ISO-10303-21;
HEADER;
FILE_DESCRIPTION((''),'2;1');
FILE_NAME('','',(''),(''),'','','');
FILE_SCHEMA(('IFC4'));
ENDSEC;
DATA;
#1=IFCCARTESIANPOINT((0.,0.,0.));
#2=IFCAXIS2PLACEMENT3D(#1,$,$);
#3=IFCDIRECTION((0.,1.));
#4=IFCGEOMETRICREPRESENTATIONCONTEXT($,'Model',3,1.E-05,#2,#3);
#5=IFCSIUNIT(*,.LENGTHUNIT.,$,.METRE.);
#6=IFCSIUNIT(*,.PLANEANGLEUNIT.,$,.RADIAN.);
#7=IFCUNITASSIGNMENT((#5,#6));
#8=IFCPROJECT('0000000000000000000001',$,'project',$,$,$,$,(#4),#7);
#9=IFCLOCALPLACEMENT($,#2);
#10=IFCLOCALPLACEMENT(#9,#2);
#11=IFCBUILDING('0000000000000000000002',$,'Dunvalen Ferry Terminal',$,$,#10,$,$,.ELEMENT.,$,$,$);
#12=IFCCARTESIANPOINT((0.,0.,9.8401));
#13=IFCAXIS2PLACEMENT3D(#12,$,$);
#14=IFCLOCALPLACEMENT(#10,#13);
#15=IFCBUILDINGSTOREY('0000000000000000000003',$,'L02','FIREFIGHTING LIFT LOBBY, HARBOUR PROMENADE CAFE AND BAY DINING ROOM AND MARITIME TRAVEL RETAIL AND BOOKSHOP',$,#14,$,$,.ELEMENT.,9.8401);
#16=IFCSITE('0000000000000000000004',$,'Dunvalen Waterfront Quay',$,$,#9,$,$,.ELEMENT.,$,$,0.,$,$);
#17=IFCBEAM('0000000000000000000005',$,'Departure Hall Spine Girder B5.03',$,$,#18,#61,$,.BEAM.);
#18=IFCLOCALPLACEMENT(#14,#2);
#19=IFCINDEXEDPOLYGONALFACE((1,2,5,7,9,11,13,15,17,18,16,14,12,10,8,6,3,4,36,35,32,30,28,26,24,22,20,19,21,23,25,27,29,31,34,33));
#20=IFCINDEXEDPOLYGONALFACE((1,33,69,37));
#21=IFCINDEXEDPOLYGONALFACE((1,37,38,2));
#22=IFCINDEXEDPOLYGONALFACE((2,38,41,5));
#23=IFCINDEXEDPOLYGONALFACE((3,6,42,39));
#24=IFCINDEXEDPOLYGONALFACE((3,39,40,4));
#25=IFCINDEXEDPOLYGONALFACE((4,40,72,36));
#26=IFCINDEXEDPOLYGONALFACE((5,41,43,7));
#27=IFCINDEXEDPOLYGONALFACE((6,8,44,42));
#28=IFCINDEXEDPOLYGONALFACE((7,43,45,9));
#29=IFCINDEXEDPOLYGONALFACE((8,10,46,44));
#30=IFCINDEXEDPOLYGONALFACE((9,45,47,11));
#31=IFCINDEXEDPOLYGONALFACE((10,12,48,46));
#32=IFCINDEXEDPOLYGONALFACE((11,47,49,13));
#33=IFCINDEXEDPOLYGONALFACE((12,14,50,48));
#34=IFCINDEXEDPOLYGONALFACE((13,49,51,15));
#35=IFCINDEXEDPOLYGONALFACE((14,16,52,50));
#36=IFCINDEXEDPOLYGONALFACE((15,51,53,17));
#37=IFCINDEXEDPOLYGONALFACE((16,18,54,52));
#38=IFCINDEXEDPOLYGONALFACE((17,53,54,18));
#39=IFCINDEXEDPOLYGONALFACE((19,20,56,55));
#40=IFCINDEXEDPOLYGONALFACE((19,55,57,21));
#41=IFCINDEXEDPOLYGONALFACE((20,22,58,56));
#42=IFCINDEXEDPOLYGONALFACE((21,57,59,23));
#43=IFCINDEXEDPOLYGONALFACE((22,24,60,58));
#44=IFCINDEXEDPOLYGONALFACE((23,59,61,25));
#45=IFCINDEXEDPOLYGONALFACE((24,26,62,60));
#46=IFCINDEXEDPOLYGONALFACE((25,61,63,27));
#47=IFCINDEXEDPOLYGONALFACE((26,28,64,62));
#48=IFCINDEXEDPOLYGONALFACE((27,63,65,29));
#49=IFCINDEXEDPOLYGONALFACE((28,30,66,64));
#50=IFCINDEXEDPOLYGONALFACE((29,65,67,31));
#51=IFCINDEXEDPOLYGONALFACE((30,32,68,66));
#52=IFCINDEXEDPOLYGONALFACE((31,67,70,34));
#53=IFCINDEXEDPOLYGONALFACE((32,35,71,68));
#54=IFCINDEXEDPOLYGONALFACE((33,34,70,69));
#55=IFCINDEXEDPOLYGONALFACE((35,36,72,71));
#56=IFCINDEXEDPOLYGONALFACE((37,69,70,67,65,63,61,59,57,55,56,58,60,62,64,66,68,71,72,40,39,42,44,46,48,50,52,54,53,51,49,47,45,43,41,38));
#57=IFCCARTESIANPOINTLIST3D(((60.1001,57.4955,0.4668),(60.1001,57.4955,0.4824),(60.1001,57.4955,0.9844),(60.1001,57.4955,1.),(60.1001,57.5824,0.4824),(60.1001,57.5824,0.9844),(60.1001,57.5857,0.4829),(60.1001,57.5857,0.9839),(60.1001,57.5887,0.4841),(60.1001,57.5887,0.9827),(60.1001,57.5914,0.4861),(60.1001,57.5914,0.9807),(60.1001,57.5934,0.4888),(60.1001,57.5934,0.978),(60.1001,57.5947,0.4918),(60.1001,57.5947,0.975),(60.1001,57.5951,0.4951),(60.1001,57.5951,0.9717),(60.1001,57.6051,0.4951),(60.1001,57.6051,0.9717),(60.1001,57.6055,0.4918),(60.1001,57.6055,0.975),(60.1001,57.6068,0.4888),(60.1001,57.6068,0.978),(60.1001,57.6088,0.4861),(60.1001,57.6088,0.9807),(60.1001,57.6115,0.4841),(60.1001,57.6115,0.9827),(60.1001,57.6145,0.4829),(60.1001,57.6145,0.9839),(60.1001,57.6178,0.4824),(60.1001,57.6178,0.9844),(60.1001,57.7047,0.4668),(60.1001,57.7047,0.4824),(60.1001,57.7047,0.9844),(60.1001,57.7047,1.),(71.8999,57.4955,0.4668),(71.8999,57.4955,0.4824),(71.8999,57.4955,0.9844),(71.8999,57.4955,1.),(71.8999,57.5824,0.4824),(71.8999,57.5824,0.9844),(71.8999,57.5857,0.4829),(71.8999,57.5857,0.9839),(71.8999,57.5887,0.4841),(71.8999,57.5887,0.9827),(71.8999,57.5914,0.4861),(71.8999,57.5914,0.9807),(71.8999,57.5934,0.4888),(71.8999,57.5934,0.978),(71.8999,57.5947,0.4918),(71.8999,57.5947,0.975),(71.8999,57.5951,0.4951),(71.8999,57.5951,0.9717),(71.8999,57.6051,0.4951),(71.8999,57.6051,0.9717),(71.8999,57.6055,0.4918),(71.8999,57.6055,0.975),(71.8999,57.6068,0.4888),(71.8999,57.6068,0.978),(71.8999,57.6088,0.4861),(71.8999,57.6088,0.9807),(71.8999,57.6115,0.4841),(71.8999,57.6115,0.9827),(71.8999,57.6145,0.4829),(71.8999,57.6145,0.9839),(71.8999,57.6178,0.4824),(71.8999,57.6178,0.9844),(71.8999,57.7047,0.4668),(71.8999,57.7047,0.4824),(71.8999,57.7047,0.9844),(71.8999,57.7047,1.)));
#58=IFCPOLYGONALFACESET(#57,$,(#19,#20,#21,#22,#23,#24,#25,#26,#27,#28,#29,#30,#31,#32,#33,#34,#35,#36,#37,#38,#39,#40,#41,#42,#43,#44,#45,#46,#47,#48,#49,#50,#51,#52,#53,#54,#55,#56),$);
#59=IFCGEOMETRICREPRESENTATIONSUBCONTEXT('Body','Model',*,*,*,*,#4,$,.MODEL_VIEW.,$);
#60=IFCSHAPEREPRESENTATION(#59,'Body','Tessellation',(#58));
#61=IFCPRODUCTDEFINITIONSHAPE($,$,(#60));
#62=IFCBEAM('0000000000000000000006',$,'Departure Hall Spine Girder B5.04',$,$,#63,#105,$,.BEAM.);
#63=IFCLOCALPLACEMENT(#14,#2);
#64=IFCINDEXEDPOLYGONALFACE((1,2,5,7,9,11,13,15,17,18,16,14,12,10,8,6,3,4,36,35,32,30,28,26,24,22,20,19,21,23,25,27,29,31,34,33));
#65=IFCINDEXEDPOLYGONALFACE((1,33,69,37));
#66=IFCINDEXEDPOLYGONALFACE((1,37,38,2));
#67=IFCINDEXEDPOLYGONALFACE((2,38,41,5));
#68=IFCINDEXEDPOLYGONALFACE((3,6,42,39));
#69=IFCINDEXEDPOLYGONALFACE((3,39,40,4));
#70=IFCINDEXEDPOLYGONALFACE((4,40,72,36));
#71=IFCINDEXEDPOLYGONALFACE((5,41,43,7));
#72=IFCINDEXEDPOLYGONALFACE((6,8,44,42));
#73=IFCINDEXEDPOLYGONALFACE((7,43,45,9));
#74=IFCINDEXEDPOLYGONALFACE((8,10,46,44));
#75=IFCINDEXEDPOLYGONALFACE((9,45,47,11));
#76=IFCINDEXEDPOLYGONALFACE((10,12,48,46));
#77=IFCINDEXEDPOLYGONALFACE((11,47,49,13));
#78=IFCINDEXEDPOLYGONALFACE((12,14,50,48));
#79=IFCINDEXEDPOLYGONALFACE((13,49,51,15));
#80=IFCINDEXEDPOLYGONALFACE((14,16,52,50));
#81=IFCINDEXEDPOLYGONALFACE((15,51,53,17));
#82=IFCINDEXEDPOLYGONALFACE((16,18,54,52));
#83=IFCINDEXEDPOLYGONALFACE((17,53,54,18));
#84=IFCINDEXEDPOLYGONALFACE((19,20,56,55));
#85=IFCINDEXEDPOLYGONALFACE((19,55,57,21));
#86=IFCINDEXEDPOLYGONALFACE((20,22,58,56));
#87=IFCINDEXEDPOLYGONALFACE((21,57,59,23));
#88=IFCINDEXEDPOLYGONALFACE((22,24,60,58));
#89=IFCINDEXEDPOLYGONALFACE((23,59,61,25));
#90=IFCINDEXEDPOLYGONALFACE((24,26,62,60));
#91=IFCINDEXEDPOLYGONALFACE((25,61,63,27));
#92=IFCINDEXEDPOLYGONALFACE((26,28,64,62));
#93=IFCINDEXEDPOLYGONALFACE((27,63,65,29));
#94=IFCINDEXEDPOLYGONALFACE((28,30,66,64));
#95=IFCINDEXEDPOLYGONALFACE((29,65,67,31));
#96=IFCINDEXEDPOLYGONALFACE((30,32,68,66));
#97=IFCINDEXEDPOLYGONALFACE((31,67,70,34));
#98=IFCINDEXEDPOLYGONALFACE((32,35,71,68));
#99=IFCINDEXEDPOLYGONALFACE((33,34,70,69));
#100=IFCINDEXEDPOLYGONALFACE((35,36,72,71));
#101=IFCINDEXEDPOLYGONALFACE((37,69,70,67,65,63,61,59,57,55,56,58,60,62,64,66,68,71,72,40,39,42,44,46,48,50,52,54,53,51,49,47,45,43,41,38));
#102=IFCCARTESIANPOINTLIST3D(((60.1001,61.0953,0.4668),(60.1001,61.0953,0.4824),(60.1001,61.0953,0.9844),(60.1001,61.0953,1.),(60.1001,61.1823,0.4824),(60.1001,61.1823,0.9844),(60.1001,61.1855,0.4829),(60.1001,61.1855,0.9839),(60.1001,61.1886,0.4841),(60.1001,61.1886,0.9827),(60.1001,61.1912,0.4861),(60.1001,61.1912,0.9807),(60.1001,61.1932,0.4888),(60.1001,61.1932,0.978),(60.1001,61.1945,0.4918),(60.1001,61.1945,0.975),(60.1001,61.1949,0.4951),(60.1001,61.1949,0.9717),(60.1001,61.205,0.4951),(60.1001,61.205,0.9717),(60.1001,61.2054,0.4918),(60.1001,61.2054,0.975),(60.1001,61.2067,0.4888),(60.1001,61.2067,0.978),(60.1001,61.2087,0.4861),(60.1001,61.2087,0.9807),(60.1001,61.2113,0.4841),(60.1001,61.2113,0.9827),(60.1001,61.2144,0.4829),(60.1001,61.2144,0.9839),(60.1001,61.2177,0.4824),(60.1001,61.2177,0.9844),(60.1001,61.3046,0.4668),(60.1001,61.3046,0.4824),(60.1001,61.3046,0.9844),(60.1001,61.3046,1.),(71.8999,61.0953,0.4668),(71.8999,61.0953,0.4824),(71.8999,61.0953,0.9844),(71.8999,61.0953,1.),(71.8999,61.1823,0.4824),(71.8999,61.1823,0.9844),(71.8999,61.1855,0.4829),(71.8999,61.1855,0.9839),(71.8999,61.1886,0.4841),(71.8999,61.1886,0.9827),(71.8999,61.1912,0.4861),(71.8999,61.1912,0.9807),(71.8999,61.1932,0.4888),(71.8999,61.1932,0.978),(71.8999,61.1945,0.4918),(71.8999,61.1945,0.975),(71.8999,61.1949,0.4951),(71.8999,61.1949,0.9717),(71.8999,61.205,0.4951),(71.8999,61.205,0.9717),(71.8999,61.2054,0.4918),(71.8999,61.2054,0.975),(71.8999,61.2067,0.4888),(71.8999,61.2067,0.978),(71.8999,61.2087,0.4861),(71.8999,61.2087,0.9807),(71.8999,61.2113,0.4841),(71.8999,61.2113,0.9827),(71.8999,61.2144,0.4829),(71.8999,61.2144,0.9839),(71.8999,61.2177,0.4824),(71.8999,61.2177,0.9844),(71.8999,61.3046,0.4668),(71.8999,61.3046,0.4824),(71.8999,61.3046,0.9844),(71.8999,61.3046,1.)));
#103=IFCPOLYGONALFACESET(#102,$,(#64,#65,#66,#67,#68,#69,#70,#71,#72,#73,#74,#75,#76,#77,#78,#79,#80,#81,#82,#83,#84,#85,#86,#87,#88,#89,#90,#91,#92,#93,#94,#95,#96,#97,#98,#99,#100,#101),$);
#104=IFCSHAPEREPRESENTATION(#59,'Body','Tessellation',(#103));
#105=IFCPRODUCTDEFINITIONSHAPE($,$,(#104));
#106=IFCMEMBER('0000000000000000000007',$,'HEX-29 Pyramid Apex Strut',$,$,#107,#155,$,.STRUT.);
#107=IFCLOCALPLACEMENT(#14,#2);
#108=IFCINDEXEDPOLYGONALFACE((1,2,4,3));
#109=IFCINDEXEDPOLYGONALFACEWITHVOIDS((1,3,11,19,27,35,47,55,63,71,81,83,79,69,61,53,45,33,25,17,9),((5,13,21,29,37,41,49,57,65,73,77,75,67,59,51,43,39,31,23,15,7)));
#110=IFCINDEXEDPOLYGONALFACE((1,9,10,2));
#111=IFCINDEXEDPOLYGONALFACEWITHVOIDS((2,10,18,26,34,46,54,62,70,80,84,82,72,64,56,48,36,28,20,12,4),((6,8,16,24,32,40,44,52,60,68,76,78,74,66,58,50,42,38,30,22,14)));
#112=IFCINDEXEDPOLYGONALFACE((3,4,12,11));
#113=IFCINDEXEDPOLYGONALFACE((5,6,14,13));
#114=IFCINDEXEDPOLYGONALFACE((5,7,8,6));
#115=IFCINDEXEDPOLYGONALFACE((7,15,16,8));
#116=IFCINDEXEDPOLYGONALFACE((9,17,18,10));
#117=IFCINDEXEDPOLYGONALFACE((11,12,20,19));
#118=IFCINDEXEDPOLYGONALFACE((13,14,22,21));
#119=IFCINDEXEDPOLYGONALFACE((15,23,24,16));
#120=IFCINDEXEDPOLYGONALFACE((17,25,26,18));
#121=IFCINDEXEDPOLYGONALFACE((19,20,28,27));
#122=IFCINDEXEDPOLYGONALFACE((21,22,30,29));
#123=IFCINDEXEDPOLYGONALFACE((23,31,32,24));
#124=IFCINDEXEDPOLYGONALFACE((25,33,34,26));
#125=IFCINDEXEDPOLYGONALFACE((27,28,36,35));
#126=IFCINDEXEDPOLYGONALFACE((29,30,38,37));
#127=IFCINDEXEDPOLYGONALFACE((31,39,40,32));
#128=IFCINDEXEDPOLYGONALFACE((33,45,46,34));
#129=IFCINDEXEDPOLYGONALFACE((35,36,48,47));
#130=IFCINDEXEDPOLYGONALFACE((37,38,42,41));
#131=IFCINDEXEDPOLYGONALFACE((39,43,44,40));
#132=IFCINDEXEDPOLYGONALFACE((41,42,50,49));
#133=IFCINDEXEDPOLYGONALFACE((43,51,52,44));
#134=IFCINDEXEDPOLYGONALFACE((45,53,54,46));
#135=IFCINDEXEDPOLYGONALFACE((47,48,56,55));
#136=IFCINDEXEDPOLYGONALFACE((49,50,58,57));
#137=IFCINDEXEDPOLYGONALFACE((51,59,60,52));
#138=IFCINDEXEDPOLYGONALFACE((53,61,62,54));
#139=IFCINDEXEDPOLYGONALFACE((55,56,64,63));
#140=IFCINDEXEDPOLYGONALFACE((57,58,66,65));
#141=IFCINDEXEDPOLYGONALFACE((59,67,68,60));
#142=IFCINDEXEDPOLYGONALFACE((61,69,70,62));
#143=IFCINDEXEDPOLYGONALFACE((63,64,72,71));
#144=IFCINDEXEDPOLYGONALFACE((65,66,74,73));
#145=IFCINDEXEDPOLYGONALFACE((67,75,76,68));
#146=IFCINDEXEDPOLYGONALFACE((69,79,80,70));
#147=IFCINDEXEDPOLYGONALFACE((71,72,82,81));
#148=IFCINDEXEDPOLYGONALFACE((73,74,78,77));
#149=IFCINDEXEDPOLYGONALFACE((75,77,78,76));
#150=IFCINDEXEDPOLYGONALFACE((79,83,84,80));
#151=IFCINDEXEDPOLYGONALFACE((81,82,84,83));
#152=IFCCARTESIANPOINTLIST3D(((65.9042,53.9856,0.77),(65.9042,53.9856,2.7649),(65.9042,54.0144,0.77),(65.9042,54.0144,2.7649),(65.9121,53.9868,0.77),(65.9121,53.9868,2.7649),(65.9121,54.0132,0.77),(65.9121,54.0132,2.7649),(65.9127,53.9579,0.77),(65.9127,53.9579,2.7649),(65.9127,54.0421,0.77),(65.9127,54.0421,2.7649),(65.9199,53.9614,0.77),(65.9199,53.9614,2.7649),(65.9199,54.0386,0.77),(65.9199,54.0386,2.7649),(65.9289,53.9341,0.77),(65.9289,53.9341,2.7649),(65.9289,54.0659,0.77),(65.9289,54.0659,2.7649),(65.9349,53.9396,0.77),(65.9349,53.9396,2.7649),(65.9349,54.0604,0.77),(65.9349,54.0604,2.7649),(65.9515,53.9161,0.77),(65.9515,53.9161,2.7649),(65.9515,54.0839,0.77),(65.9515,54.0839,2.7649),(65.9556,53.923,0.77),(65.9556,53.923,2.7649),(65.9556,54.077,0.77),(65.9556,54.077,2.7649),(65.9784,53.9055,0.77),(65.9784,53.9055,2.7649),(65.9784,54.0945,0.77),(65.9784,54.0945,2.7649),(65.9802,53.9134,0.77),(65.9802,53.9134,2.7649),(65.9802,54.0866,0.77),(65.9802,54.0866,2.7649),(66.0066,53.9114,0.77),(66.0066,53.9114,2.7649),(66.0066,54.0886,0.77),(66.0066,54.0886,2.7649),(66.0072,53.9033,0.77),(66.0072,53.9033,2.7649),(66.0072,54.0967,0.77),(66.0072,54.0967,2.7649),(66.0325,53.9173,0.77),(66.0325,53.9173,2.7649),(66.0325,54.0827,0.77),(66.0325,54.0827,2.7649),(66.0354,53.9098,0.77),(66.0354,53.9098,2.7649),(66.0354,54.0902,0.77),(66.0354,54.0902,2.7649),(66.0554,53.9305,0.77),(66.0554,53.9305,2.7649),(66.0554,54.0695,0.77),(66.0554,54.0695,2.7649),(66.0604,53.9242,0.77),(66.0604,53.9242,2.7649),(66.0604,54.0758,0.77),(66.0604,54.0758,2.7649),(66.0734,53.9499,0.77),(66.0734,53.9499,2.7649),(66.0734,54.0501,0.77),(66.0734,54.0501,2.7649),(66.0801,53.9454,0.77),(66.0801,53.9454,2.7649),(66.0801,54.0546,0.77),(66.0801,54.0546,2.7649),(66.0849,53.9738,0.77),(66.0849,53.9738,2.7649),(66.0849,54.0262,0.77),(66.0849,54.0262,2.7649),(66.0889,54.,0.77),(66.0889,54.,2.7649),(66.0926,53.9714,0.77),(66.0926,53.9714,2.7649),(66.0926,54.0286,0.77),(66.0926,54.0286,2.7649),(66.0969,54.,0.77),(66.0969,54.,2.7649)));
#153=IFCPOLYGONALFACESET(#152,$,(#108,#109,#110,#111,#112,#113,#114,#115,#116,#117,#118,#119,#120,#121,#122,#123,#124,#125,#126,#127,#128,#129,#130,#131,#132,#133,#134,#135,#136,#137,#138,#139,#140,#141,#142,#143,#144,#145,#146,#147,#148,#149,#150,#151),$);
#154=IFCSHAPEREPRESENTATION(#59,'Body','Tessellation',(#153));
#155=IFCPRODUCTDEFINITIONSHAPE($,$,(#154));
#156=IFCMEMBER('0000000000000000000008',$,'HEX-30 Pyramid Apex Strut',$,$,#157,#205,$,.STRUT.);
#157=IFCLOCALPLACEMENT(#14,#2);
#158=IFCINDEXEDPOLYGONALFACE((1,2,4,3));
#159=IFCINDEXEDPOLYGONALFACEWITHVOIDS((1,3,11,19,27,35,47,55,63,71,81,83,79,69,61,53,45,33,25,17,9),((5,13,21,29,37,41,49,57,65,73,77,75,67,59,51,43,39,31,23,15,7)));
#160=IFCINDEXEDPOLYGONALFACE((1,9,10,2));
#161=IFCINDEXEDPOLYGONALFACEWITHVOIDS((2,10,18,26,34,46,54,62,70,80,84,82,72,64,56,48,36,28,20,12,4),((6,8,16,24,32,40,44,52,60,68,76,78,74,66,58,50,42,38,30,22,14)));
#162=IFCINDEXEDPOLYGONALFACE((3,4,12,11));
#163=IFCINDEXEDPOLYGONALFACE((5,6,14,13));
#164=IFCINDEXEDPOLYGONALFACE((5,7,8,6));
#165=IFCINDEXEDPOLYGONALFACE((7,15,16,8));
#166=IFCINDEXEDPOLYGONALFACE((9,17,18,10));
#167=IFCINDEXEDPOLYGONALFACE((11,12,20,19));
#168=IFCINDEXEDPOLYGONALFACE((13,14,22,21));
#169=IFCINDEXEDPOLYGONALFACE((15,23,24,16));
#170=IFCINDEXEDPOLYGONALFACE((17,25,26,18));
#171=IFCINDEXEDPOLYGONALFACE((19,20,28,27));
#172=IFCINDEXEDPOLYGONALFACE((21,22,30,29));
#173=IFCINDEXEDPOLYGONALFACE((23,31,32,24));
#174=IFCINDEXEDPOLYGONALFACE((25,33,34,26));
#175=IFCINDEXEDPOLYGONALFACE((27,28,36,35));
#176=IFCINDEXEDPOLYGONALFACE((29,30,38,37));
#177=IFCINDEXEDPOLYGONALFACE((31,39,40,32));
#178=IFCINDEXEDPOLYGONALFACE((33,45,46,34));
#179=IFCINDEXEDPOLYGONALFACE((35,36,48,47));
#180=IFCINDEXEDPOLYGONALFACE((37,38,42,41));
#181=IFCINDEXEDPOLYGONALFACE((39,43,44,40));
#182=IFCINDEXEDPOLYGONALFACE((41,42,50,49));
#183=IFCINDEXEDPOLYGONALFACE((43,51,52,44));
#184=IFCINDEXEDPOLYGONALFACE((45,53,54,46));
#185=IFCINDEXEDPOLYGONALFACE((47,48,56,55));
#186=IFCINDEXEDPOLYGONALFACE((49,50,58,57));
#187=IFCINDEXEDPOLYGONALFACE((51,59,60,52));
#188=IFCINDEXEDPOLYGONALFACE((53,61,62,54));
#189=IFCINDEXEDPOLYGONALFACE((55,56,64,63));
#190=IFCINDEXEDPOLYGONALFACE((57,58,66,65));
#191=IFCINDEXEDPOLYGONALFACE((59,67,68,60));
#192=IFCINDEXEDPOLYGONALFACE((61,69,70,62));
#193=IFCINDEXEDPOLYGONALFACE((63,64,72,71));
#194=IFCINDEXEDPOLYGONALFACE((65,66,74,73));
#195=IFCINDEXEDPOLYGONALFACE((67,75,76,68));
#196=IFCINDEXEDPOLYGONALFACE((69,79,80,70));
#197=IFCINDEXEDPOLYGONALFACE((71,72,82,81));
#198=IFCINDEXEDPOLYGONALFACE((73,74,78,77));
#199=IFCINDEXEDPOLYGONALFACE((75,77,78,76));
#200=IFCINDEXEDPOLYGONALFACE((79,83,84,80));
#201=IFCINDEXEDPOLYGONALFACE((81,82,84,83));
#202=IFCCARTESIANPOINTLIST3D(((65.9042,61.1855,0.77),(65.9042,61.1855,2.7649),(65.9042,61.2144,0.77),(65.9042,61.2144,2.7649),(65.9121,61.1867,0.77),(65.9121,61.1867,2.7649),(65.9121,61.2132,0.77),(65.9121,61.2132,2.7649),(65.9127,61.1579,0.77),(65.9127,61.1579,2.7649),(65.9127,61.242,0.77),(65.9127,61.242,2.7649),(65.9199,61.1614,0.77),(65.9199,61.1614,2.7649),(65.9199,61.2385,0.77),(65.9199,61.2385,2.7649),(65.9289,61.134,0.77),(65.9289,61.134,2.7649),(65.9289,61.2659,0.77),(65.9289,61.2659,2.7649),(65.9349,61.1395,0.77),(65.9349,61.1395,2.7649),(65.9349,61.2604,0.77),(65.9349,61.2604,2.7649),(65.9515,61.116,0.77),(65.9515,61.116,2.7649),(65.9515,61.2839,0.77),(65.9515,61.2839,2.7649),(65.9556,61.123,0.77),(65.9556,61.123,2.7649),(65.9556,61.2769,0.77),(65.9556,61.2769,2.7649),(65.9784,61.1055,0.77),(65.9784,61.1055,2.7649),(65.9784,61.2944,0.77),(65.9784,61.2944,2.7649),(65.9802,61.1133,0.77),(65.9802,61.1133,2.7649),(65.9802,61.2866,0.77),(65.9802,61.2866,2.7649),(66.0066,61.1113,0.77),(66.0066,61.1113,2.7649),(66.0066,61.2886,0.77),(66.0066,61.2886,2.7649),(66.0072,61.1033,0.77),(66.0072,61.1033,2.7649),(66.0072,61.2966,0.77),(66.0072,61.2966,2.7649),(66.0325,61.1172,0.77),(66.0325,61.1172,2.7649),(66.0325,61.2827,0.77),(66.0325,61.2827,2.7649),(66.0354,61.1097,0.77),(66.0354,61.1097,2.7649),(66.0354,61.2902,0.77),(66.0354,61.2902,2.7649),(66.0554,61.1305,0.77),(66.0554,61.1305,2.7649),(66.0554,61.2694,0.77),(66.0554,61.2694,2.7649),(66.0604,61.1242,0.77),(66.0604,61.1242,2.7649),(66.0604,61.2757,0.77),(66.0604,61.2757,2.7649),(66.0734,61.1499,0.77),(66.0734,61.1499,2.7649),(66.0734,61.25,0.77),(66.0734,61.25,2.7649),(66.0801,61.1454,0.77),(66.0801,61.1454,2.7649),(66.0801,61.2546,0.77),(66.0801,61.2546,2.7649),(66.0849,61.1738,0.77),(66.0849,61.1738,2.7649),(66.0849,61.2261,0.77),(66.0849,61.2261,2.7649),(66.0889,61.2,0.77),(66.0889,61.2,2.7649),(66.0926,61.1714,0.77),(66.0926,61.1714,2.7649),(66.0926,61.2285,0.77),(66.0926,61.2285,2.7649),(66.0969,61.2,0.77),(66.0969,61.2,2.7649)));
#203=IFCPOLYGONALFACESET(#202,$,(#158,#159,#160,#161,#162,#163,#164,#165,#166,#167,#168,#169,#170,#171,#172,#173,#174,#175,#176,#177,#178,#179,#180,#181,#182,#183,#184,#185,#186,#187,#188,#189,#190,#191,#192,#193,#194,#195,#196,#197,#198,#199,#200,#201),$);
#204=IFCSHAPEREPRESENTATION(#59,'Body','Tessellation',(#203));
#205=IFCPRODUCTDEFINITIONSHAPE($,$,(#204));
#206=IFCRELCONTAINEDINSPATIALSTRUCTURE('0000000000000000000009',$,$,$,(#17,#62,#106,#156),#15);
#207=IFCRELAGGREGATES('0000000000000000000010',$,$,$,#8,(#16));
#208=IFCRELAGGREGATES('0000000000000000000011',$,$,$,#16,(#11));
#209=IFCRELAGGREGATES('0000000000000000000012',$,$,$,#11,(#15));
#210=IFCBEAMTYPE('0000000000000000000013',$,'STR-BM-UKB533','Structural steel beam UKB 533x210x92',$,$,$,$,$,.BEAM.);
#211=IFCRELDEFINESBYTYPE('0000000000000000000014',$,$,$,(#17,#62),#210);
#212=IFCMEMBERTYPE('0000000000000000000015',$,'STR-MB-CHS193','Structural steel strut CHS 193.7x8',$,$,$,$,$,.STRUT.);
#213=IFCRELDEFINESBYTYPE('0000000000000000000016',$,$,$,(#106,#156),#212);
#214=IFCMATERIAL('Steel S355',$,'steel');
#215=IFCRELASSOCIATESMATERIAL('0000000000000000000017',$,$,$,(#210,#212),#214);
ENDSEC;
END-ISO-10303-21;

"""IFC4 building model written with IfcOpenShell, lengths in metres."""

from ifc_helpers import new_model, si_unit, direction, frame, origin, origin_2d, place, context, subcontext, project, spatial, hollow_circle, i_section, extrude, material, material_profile, profile_set, type_object, element, save


model = new_model("IFC4")

# Units and contexts
model_context = context("Model", 3, precision=1e-05, world=origin(), true_north=direction((0.0, 1.0)))
body_context = subcontext(model_context, "Body", "Model", "MODEL_VIEW")
ifc_project = project(units=[si_unit("LENGTHUNIT", "METRE"), si_unit("PLANEANGLEUNIT", "RADIAN")], contexts=[model_context])

# Site, building, storey
site_placement = place(None, origin())
site = spatial("IfcSite", under=ifc_project, at=site_placement, Name="Dunvalen Waterfront Quay", CompositionType="ELEMENT", RefElevation=0.0)
building_placement = place(site_placement, origin())
building = spatial("IfcBuilding", under=site, at=building_placement, Name="Dunvalen Ferry Terminal", CompositionType="ELEMENT")
storey_placement = place(building_placement, frame((0.0, 0.0, 9.8401)))
storey = spatial("IfcBuildingStorey", under=building, at=storey_placement, Name="L02", Description="FIREFIGHTING LIFT LOBBY, HARBOUR PROMENADE CAFE AND BAY DINING ROOM AND MARITIME TRAVEL RETAIL AND BOOKSHOP", CompositionType="ELEMENT", Elevation=9.8401)

# Beams
ifc_material_1 = material(Name="Steel S355", Category="steel")
ifc_material_profile_1 = material_profile(ifc_material_1, i_section(OverallWidth=0.2092, OverallDepth=0.5332, WebThickness=0.01, FlangeThickness=0.0156, FilletRadius=0.0127, at=origin_2d()), Name="Steel S355")
ifc_profile_set_1 = profile_set([ifc_material_profile_1], Name="Steel S355")
beam_type_1 = type_object("IfcBeamType", Name="STR-BM-UKB533", Description="Structural steel beam UKB 533x210x92", PredefinedType="BEAM", material=ifc_profile_set_1)
for number, where, z_axis, x_axis, name in (
    (1, (60.1001, 57.6001, 0.7334), (1.0, 0.0, 0.0), (0.0, 1.0, 0.0), "Departure Hall Spine Girder B5.03"),
    (2, (60.1001, 61.2, 0.7334), (1.0, 0.0, 0.0), (0.0, 1.0, 0.0), "Departure Hall Spine Girder B5.04"),
):
    element("IfcBeam", number, at=place(storey_placement, frame(where, z_axis=z_axis, x_axis=x_axis)), inside=storey, type_object=beam_type_1, Name=name, PredefinedType="BEAM", context=body_context, shape_type="SweptSolid", body=[
        extrude(i_section(OverallWidth=0.2092, OverallDepth=0.5332, WebThickness=0.01, FlangeThickness=0.0156, FilletRadius=0.0127, at=origin_2d()), origin(), (0.0, 0.0, 1.0), 11.7998),
    ])

# Members
ifc_material_profile_2 = material_profile(ifc_material_1, hollow_circle(Radius=0.0969, WallThickness=0.0081, at=origin_2d()), Name="Steel S355")
ifc_profile_set_2 = profile_set([ifc_material_profile_2], Name="Steel S355")
member_type_1 = type_object("IfcMemberType", Name="STR-MB-CHS193", Description="Structural steel strut CHS 193.7x8", PredefinedType="STRUT", material=ifc_profile_set_2)
for number, where, z_axis, x_axis, name in (
    (3, (66.0, 54.0, 0.77), (0.0, 0.0, 1.0), (1.0, 0.0, 0.0), "HEX-29 Pyramid Apex Strut"),
    (4, (66.0, 61.2, 0.77), (0.0, 0.0, 1.0), (1.0, 0.0, 0.0), "HEX-30 Pyramid Apex Strut"),
):
    element("IfcMember", number, at=place(storey_placement, frame(where, z_axis=z_axis, x_axis=x_axis)), inside=storey, type_object=member_type_1, Name=name, PredefinedType="STRUT", context=body_context, shape_type="SweptSolid", body=[
        extrude(hollow_circle(Radius=0.0969, WallThickness=0.0081, at=origin_2d()), origin(), (0.0, 0.0, 1.0), 1.9949),
    ])

save(model, "model.ifc")
